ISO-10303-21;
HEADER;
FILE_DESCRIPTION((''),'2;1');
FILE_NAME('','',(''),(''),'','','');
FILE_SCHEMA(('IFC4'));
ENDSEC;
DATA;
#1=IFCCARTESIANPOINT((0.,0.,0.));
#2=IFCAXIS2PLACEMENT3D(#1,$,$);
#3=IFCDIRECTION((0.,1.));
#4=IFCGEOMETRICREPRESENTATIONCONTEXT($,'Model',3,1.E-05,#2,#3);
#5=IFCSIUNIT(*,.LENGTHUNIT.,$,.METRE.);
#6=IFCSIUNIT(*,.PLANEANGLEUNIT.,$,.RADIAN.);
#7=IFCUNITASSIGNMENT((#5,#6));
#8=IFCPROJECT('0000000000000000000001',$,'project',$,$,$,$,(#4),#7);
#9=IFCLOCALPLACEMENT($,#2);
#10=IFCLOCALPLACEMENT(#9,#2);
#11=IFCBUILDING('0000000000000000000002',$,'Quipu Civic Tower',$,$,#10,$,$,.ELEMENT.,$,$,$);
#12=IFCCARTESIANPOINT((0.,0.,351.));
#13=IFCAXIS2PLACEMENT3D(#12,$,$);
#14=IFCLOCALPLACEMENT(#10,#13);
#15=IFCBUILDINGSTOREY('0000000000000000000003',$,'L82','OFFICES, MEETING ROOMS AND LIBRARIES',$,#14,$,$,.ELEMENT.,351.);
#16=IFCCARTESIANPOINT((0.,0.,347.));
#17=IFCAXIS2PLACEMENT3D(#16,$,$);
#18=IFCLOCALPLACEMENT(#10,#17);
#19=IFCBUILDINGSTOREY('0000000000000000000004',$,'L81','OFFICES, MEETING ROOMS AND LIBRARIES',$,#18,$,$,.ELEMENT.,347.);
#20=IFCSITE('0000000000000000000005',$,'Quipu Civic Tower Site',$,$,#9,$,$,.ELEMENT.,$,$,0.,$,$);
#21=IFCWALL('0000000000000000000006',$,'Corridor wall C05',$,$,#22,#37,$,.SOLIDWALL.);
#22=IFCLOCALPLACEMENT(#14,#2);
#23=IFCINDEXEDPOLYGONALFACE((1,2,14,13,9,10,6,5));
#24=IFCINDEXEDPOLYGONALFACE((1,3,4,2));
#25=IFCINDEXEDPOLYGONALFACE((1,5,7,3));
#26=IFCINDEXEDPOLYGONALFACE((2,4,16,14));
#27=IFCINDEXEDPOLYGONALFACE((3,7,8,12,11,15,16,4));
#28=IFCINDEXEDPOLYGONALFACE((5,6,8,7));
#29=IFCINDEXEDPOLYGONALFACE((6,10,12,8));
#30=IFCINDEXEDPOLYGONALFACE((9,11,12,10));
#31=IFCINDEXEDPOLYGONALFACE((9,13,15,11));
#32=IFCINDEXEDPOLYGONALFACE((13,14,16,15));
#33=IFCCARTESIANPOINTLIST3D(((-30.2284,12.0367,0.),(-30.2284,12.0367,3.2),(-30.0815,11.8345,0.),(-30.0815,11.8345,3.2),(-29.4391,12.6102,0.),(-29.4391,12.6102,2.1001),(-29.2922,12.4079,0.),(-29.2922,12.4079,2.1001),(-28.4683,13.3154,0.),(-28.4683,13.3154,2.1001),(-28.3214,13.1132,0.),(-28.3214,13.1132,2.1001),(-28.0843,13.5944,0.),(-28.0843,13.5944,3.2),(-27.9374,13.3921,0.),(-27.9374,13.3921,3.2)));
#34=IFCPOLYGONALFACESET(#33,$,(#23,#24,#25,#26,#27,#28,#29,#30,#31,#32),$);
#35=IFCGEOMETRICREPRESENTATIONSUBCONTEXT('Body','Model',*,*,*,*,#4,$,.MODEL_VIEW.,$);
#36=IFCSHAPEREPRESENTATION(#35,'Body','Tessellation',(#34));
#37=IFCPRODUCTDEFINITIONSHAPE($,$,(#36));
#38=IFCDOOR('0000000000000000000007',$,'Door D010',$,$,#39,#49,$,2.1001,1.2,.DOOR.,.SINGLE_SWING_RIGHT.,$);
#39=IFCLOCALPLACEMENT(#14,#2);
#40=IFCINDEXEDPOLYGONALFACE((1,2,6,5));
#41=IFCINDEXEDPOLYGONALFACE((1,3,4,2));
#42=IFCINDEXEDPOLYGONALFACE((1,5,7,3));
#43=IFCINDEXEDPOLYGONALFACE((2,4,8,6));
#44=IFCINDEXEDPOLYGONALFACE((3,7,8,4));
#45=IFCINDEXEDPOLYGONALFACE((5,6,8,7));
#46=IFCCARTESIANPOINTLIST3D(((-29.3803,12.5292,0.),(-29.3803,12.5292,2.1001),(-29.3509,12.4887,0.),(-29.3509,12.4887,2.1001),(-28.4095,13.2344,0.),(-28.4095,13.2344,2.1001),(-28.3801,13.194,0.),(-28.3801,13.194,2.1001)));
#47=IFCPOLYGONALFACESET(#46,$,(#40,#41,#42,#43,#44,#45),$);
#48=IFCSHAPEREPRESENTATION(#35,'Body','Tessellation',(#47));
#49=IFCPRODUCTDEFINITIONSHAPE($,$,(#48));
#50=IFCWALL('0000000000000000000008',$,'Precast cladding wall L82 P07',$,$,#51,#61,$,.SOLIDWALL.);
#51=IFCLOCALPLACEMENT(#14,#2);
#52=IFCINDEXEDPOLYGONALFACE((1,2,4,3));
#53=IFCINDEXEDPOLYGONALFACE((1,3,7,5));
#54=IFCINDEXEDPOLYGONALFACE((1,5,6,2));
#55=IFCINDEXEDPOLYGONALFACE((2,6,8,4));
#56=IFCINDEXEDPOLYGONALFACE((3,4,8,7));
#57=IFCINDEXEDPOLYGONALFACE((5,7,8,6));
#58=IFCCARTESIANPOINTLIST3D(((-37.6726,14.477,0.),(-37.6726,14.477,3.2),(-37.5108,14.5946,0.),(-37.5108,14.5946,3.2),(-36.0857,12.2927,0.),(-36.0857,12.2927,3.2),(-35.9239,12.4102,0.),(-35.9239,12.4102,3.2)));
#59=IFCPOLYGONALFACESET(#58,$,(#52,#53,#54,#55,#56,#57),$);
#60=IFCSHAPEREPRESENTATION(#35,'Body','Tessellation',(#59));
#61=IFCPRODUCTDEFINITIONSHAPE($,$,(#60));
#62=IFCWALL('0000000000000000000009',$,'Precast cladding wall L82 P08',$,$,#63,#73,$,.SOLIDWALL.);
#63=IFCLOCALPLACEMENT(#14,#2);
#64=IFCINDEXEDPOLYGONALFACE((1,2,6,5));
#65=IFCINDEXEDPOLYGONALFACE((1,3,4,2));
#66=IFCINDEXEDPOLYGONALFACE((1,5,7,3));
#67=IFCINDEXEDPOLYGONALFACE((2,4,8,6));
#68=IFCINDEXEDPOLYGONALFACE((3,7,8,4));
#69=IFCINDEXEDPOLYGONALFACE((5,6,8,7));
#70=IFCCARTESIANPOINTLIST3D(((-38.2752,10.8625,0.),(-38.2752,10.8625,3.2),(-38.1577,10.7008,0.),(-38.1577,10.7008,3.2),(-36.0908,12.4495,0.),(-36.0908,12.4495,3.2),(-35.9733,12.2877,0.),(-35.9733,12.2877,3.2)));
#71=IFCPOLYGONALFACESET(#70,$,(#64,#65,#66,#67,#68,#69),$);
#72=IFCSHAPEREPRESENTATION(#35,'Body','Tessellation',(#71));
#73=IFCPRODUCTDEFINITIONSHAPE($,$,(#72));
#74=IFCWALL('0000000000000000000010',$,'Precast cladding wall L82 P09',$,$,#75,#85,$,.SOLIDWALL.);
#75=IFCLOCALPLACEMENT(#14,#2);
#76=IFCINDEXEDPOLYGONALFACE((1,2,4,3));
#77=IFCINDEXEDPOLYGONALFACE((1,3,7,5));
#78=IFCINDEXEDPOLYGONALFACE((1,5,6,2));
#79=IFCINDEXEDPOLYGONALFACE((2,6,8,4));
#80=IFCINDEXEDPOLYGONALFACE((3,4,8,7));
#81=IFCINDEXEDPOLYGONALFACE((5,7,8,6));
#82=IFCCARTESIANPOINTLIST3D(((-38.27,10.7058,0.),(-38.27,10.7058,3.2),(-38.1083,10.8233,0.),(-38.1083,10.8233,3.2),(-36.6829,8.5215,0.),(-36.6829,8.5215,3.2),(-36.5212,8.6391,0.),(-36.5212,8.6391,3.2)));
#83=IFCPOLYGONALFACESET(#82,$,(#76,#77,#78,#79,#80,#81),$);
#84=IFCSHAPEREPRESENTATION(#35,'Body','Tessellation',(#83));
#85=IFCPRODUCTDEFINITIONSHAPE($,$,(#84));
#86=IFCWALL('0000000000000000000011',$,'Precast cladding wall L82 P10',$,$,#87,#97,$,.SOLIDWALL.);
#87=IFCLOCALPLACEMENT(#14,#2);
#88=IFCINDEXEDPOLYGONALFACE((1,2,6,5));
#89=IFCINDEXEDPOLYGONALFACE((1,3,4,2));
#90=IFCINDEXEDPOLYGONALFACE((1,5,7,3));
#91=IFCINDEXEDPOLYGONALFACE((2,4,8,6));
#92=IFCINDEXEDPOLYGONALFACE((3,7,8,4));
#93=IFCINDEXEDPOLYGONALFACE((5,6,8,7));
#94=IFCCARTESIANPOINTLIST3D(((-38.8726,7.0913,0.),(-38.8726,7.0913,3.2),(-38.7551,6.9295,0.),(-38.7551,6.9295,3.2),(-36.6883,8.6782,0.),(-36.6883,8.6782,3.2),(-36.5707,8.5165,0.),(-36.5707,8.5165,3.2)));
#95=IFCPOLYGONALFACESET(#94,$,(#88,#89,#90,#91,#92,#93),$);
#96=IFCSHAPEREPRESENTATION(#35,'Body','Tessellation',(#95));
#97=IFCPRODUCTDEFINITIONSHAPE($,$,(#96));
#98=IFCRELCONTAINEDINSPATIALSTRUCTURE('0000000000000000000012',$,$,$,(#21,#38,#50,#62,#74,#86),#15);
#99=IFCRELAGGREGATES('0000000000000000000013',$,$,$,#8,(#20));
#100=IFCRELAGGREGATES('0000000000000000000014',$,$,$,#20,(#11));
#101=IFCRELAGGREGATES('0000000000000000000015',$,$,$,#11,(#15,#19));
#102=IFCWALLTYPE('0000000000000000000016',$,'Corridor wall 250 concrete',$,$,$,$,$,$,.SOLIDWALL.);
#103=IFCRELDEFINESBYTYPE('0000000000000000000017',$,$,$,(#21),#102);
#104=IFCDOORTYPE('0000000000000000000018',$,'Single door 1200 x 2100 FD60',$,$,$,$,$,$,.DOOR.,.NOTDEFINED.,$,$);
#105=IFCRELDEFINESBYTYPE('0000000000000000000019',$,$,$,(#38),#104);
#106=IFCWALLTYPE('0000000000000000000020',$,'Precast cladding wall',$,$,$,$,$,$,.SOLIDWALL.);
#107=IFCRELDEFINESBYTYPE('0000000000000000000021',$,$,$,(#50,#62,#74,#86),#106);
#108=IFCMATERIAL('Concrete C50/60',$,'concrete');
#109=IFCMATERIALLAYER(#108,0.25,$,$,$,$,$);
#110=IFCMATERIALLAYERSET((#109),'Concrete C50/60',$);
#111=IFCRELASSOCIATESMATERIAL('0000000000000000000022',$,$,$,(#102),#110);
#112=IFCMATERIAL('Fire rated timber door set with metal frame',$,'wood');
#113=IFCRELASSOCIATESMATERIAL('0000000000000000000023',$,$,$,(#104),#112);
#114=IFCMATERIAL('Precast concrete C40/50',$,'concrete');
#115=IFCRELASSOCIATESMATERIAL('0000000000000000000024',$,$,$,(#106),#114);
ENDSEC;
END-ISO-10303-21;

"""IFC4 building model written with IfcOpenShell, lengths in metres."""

from ifc_helpers import new_model, si_unit, direction, frame, frame_2d, origin, place, context, subcontext, project, spatial, rectangle, extrude, material, layer, layer_set, type_object, element, fill, save


model = new_model("IFC4")

# Units and contexts
model_context = context("Model", 3, precision=1e-05, world=origin(), true_north=direction((0.0, 1.0)))
body_context = subcontext(model_context, "Body", "Model", "MODEL_VIEW")
ifc_project = project(units=[si_unit("LENGTHUNIT", "METRE"), si_unit("PLANEANGLEUNIT", "RADIAN")], contexts=[model_context])

# Site, building, storey
site_placement = place(None, origin())
site = spatial("IfcSite", under=ifc_project, at=site_placement, Name="Quipu Civic Tower Site", CompositionType="ELEMENT", RefElevation=0.0)
building_placement = place(site_placement, origin())
building = spatial("IfcBuilding", under=site, at=building_placement, Name="Quipu Civic Tower", CompositionType="ELEMENT")
storey_1_placement = place(building_placement, frame((0.0, 0.0, 351.0)))
storey_1 = spatial("IfcBuildingStorey", under=building, at=storey_1_placement, Name="L82", Description="OFFICES, MEETING ROOMS AND LIBRARIES", CompositionType="ELEMENT", Elevation=351.0)

# Shared definitions
storey_2_placement = place(building_placement, frame((0.0, 0.0, 347.0)))
storey_2 = spatial("IfcBuildingStorey", under=building, at=storey_2_placement, Name="L81", Description="OFFICES, MEETING ROOMS AND LIBRARIES", CompositionType="ELEMENT", Elevation=347.0)

# Wall, opening, door
ifc_material_1 = material(Name="Concrete C50/60", Category="concrete")
ifc_layer_1 = layer(ifc_material_1, 0.25)
ifc_layer_set_1 = layer_set([ifc_layer_1], Name="Concrete C50/60")
wall_type_1 = type_object("IfcWallType", Name="Corridor wall 250 concrete", PredefinedType="SOLIDWALL", material=ifc_layer_set_1)
wall_placement = place(storey_1_placement, frame((-30.155, 11.9355, 0.0), z_axis=(0.0, 0.0, 1.0), x_axis=(0.809039, 0.587755, 0.0)))
wall = element("IfcWall", 1, at=wall_placement, inside=storey_1, type_object=wall_type_1, Name="Corridor wall C05", PredefinedType="SOLIDWALL", context=body_context, shape_type="SweptSolid", body=[
    extrude(rectangle(XDim=2.6501, YDim=0.25, at=frame_2d((1.3252, 0.0))), origin(), (0.0, 0.0, 1.0), 3.2),
])
opening_placement = place(wall_placement, frame((0.9756, 0.0, 0.0)))
opening = element("IfcOpeningElement", 2, at=opening_placement, cuts=wall, PredefinedType="OPENING", context=body_context, shape_type="SweptSolid", body=[
    extrude(rectangle(XDim=1.2, YDim=2.1001, at=frame_2d((0.6001, 1.05))), frame((0.0, 0.135, 0.0), z_axis=(0.0, -1.0, 0.0), x_axis=(1.0, 0.0, 0.0)), (0.0, 0.0, 1.0), 0.27),
])
ifc_material_2 = material(Name="Fire rated timber door set with metal frame", Category="wood")
door_type = type_object("IfcDoorType", Name="Single door 1200 x 2100 FD60", OperationType="NOTDEFINED", PredefinedType="DOOR", material=ifc_material_2)
door_placement = place(opening_placement, origin())
door = element("IfcDoor", 3, at=door_placement, inside=storey_1, type_object=door_type, Name="Door D010", OperationType="SINGLE_SWING_RIGHT", OverallHeight=2.1001, OverallWidth=1.2, PredefinedType="DOOR", context=body_context, shape_type="SweptSolid", body=[
    extrude(rectangle(XDim=1.2, YDim=2.1001, at=frame_2d((0.6001, 1.05))), frame((0.0, 0.0249, 0.0), z_axis=(0.0, -1.0, 0.0), x_axis=(1.0, 0.0, 0.0)), (0.0, 0.0, 1.0), 0.05),
])
fill(opening, door)

# Walls
ifc_material_3 = material(Name="Precast concrete C40/50", Category="concrete")
wall_type_2 = type_object("IfcWallType", Name="Precast cladding wall", PredefinedType="SOLIDWALL", material=ifc_material_3)
for number, where, z_axis, x_axis, name in (
    (4, (-37.5918, 14.5359, 0.0), (0.0, 0.0, 1.0), (0.587763, -0.809033, 0.0), "Precast cladding wall L82 P07"),
    (5, (-36.032, 12.3687, 0.0), (0.0, 0.0, 1.0), (-0.809033, -0.587763, 0.0), "Precast cladding wall L82 P08"),
    (6, (-38.1892, 10.7646, 0.0), (0.0, 0.0, 1.0), (0.587822, -0.80899, 0.0), "Precast cladding wall L82 P09"),
    (7, (-36.6294, 8.5974, 0.0), (0.0, 0.0, 1.0), (-0.809033, -0.587763, 0.0), "Precast cladding wall L82 P10"),
):
    element("IfcWall", number, at=place(storey_1_placement, frame(where, z_axis=z_axis, x_axis=x_axis)), inside=storey_1, type_object=wall_type_2, Name=name, PredefinedType="SOLIDWALL", context=body_context, shape_type="SweptSolid", body=[
        extrude(rectangle(XDim=2.7, YDim=0.2, at=frame_2d((1.3501, 0.0))), origin(), (0.0, 0.0, 1.0), 3.2),
    ])

save(model, "model.ifc")
